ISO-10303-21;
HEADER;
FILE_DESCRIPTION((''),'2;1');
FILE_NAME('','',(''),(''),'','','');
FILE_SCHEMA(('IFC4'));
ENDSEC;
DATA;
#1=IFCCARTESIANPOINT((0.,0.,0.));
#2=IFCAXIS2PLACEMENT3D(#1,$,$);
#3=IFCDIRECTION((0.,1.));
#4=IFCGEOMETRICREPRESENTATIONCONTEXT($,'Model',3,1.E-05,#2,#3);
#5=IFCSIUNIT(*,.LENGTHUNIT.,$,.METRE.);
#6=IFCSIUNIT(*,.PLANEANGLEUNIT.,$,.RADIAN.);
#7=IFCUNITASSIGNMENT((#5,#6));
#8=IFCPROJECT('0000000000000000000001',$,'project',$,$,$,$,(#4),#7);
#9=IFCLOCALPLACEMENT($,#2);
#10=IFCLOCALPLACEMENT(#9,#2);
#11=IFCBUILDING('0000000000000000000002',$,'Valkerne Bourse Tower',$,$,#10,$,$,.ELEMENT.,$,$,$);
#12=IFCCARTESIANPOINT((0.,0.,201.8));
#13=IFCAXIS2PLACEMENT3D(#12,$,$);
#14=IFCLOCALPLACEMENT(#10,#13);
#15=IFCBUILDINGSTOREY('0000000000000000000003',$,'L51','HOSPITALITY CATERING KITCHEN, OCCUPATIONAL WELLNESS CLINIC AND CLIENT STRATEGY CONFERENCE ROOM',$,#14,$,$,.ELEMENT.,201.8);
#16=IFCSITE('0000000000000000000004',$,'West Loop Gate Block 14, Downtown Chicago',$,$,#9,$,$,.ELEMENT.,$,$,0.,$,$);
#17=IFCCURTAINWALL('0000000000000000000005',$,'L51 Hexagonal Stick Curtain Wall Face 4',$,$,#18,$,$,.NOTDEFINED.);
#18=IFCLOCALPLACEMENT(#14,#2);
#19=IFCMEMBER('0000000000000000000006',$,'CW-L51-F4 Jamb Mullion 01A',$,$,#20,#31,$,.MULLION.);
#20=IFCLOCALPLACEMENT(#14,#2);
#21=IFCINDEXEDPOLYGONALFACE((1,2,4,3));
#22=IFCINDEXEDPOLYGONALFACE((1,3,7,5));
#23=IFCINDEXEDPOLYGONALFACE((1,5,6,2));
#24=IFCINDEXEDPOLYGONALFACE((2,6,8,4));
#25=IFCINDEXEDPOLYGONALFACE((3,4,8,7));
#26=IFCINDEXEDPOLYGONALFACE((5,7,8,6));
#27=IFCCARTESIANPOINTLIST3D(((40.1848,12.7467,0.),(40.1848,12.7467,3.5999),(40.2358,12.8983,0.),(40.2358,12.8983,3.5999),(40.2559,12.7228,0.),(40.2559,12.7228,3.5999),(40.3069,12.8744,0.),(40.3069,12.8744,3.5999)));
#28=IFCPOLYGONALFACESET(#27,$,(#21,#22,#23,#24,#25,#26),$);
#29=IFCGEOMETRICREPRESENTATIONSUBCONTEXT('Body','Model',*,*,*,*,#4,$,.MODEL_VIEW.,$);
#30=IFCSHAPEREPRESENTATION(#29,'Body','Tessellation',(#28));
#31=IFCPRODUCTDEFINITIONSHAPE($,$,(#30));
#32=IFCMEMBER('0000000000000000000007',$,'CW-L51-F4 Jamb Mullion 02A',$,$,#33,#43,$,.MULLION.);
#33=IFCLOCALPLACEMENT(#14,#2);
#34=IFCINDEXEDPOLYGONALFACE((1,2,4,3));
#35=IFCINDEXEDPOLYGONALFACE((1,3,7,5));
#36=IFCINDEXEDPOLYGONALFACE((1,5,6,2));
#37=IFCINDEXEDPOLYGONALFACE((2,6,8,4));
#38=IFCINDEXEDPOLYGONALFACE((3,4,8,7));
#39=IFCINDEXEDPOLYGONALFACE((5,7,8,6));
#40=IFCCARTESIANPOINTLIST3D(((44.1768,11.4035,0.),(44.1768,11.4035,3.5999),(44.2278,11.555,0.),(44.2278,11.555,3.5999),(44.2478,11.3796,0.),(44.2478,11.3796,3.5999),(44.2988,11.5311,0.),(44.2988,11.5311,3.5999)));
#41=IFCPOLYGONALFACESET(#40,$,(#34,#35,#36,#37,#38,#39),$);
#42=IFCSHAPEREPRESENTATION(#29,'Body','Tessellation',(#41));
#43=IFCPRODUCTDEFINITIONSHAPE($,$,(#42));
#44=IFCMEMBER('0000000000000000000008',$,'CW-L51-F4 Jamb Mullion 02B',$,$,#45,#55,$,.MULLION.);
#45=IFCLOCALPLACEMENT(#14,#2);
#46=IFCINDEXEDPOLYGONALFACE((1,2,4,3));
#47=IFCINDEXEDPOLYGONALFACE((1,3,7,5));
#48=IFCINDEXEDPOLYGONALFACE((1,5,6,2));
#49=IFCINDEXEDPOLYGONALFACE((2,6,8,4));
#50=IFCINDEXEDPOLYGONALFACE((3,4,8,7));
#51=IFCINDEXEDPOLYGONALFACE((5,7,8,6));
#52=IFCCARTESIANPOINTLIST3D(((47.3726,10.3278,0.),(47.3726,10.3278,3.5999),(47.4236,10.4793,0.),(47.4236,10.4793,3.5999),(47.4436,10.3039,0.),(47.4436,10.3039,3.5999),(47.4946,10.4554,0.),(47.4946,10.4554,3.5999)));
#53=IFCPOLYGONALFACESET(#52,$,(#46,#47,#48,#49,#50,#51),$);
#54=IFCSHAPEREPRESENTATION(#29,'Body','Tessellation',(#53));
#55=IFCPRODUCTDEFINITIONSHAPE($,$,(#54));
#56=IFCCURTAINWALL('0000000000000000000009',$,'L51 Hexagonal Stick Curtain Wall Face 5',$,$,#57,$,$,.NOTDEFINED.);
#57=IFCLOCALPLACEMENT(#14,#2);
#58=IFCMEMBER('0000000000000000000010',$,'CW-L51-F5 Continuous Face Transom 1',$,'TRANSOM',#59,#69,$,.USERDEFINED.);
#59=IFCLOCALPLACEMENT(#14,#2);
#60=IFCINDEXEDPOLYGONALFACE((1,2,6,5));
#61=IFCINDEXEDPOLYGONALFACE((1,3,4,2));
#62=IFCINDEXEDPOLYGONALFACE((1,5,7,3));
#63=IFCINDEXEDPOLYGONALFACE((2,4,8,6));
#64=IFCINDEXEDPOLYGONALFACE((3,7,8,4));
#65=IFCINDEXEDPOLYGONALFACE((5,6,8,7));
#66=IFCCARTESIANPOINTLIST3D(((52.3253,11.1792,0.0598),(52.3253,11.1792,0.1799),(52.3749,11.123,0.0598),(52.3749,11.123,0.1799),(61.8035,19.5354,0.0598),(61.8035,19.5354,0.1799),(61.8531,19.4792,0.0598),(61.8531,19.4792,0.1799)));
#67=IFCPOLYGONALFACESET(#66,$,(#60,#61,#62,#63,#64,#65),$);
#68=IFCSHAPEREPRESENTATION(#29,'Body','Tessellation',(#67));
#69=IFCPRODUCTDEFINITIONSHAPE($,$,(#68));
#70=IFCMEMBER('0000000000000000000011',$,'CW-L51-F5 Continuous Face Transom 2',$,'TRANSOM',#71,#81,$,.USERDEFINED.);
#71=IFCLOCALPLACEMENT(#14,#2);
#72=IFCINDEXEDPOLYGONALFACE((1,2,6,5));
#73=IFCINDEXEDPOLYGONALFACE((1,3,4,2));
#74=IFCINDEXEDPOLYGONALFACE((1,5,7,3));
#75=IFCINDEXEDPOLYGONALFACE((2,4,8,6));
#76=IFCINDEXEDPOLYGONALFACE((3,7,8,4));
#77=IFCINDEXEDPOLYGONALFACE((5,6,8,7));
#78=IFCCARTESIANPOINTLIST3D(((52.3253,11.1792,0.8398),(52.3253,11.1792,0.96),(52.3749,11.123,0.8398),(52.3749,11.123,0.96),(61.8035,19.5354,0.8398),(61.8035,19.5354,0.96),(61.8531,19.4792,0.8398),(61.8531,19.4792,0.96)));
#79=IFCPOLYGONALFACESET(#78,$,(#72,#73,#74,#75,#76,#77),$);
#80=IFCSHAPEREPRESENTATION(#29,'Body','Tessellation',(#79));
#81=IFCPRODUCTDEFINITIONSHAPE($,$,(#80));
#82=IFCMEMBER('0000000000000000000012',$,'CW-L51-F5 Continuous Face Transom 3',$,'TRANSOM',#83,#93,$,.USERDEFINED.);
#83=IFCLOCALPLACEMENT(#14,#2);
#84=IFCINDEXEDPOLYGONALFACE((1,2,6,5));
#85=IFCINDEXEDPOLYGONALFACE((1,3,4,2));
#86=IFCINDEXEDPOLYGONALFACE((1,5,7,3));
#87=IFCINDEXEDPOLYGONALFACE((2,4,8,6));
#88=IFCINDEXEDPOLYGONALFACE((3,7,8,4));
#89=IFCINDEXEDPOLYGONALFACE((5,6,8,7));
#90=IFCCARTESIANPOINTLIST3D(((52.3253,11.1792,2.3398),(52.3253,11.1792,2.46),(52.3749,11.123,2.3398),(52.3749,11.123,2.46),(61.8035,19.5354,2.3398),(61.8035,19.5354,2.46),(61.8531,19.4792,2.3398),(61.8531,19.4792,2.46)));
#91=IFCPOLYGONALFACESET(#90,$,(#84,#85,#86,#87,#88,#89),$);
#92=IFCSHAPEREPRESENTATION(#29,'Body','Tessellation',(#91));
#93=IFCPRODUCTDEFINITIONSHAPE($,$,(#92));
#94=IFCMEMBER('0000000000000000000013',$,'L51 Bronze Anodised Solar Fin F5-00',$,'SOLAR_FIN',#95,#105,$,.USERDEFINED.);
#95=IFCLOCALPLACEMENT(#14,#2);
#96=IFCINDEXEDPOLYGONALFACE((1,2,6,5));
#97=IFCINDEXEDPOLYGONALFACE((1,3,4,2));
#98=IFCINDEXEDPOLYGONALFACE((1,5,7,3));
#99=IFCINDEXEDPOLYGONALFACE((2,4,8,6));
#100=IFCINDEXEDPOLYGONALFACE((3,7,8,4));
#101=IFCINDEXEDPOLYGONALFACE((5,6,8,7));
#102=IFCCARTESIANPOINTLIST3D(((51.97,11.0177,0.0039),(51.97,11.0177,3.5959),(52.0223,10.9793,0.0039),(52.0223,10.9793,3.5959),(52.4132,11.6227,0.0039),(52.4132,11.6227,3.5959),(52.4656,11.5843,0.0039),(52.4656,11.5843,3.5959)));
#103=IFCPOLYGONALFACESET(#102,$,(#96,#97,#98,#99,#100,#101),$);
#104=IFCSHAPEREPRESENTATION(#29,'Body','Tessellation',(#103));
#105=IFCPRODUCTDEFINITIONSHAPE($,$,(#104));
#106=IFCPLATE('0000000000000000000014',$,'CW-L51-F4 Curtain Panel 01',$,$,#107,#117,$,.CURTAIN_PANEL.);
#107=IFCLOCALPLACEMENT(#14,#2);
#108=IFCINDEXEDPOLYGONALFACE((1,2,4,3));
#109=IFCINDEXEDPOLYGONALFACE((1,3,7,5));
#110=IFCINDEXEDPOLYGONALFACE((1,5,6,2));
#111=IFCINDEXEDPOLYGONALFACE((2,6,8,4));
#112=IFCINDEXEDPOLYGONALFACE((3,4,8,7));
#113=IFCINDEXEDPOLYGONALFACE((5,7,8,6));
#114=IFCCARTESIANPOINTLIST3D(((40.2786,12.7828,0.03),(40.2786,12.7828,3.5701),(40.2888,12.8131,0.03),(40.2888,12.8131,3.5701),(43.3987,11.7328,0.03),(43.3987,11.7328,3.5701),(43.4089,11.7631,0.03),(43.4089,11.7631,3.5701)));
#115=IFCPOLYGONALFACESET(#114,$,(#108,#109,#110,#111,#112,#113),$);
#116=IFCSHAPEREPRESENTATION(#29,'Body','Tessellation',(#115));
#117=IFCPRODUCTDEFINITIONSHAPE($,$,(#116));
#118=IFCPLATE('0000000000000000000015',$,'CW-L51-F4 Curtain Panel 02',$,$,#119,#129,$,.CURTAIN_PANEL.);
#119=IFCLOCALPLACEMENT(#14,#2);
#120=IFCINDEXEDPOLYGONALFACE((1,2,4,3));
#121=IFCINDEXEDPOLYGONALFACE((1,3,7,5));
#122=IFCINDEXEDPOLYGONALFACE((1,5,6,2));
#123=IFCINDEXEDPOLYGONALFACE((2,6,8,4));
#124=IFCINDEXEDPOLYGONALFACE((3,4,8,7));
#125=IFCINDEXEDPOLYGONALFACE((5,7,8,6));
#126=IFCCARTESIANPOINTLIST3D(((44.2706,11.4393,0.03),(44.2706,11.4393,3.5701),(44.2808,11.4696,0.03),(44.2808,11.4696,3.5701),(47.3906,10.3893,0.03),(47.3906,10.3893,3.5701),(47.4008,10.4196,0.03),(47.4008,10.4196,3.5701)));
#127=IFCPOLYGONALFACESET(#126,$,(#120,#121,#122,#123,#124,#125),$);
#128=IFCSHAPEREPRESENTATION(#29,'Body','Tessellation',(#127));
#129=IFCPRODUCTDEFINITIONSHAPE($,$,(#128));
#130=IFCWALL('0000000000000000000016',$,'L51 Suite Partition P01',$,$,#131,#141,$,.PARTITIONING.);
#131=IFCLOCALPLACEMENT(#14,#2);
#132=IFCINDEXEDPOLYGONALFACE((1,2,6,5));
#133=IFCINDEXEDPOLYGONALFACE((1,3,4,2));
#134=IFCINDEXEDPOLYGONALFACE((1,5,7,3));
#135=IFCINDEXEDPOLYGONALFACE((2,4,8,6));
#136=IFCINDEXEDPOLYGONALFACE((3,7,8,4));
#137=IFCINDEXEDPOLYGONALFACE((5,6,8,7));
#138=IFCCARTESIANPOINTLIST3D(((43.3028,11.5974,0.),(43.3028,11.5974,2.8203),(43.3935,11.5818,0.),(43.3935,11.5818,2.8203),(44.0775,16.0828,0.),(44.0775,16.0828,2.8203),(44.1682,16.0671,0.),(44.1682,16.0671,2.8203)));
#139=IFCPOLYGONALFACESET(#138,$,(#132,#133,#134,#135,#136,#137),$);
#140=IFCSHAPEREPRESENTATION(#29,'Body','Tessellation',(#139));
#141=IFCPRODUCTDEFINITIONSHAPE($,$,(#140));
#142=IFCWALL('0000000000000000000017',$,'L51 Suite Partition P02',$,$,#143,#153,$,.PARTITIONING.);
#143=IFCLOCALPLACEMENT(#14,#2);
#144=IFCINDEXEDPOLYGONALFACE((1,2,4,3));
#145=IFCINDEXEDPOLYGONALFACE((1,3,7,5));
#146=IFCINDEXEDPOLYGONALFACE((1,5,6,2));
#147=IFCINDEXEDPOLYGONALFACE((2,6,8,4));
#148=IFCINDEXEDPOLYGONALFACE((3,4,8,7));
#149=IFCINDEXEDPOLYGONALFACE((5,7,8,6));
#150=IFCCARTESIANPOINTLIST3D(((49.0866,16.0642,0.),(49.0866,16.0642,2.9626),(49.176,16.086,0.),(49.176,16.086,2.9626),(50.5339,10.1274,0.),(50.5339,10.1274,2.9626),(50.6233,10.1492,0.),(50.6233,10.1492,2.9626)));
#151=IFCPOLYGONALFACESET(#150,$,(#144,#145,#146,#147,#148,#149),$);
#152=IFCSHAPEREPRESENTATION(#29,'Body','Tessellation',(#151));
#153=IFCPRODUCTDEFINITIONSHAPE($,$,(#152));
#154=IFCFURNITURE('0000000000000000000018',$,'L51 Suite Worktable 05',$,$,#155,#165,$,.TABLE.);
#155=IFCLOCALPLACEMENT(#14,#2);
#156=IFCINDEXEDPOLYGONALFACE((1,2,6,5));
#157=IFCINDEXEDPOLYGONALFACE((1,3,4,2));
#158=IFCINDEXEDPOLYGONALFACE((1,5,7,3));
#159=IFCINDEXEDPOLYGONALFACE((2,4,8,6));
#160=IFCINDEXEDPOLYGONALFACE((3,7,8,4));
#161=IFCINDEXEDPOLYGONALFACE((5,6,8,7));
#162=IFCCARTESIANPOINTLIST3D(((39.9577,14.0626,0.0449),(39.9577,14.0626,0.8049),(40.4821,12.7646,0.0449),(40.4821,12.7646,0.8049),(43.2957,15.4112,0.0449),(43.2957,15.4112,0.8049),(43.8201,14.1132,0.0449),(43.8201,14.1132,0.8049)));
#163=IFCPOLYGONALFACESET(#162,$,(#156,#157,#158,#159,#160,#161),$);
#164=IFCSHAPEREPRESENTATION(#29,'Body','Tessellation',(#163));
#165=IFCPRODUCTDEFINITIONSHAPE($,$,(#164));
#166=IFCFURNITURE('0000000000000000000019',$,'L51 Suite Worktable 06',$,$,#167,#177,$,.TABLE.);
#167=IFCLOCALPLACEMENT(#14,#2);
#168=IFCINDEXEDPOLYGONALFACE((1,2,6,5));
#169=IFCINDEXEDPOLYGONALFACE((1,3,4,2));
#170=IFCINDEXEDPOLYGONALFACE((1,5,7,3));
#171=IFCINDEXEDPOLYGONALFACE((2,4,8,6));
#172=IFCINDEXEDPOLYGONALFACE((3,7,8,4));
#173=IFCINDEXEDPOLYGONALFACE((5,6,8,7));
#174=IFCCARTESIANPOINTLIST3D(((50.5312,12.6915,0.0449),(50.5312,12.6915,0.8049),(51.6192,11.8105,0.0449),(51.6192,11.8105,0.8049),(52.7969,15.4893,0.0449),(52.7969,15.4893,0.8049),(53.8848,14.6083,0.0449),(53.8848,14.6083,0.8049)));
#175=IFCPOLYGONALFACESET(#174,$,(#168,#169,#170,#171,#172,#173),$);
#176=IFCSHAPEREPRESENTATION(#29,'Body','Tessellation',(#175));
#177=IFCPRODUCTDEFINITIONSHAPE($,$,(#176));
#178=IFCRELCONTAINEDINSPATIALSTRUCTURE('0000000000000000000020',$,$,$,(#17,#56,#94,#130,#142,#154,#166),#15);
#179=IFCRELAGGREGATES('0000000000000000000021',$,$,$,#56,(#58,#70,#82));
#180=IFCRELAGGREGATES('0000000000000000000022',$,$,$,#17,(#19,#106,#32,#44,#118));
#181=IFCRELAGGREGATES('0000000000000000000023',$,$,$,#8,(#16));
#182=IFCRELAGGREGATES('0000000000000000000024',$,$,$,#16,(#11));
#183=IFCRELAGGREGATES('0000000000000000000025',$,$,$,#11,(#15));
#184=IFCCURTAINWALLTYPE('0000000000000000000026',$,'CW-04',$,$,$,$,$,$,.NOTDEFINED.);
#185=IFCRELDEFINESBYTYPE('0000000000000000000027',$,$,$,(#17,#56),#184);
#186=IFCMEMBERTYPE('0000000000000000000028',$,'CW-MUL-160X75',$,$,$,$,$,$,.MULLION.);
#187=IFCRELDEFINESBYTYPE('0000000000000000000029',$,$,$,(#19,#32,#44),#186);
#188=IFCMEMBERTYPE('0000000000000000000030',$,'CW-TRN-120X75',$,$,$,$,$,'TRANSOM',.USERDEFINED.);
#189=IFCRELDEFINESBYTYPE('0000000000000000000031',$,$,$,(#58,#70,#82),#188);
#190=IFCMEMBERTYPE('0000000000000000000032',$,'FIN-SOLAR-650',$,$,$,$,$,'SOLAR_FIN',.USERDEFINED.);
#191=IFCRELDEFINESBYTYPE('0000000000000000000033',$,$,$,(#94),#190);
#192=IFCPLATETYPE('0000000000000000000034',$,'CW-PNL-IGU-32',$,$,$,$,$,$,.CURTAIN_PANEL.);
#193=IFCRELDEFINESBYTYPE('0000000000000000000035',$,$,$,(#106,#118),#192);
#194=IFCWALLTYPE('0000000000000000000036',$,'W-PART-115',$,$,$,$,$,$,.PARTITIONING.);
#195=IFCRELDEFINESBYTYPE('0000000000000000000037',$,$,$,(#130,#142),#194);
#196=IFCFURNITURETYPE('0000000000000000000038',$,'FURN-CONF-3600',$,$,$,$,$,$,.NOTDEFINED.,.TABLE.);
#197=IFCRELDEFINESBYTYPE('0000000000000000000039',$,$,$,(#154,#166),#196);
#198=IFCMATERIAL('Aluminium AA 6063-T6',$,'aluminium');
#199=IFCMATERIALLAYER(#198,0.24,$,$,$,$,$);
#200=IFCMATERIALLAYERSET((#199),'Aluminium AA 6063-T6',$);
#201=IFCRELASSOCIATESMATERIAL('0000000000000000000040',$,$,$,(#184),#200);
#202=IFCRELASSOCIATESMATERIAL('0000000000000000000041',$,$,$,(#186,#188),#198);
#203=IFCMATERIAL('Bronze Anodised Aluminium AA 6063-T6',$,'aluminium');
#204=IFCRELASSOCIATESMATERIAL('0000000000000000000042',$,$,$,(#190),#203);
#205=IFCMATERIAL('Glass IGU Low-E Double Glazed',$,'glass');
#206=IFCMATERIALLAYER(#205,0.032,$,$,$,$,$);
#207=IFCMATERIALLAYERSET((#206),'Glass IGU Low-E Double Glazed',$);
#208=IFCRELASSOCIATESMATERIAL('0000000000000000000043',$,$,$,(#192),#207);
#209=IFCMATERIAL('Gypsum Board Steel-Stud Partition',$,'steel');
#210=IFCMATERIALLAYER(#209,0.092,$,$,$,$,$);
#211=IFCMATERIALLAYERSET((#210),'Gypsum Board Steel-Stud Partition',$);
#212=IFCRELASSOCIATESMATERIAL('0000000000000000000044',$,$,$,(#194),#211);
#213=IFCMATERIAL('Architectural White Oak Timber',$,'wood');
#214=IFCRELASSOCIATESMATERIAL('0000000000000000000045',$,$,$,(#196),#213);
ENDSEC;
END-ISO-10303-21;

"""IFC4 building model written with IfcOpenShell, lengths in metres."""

from ifc_helpers import new_model, si_unit, direction, frame, frame_2d, origin, origin_2d, place, context, subcontext, project, spatial, rectangle, extrude, material, layer, layer_set, material_profile, profile_set, type_object, element, aggregate, save


model = new_model("IFC4")

# Units and contexts
model_context = context("Model", 3, precision=1e-05, world=origin(), true_north=direction((0.0, 1.0)))
body_context = subcontext(model_context, "Body", "Model", "MODEL_VIEW")
ifc_project = project(units=[si_unit("LENGTHUNIT", "METRE"), si_unit("PLANEANGLEUNIT", "RADIAN")], contexts=[model_context])

# Site, building, storey
site_placement = place(None, origin())
site = spatial("IfcSite", under=ifc_project, at=site_placement, Name="West Loop Gate Block 14, Downtown Chicago", CompositionType="ELEMENT", RefElevation=0.0)
building_placement = place(site_placement, origin())
building = spatial("IfcBuilding", under=site, at=building_placement, Name="Valkerne Bourse Tower", CompositionType="ELEMENT")
storey_placement = place(building_placement, frame((0.0, 0.0, 201.8)))
storey = spatial("IfcBuildingStorey", under=building, at=storey_placement, Name="L51", Description="HOSPITALITY CATERING KITCHEN, OCCUPATIONAL WELLNESS CLINIC AND CLIENT STRATEGY CONFERENCE ROOM", CompositionType="ELEMENT", Elevation=201.8)

# Curtain walls, members
ifc_material_1 = material(Name="Aluminium AA 6063-T6", Category="aluminium")
ifc_layer_1 = layer(ifc_material_1, 0.24)
ifc_layer_set_1 = layer_set([ifc_layer_1], Name="Aluminium AA 6063-T6")
curtain_wall_type = type_object("IfcCurtainWallType", Name="CW-04", PredefinedType="NOTDEFINED", material=ifc_layer_set_1)
curtain_wall_1_placement = place(storey_placement, origin())
curtain_wall_1 = element("IfcCurtainWall", 1, at=curtain_wall_1_placement, inside=storey, type_object=curtain_wall_type, Name="L51 Hexagonal Stick Curtain Wall Face 4", PredefinedType="NOTDEFINED")
ifc_material_profile_1 = material_profile(ifc_material_1, rectangle(XDim=0.075, YDim=0.1599, at=origin_2d()), Name="CWM-75X160")
ifc_profile_set_1 = profile_set([ifc_material_profile_1], Name="Aluminium AA 6063-T6")
member_type_1 = type_object("IfcMemberType", Name="CW-MUL-160X75", PredefinedType="MULLION", material=ifc_profile_set_1)
member_1_placement = place(storey_placement, frame((40.2458, 12.8105, 0.0), z_axis=(0.0, 0.0, 1.0), x_axis=(0.947772, -0.318947, 0.0)))
member_1 = element("IfcMember", 2, at=member_1_placement, type_object=member_type_1, Name="CW-L51-F4 Jamb Mullion 01A", PredefinedType="MULLION", context=body_context, shape_type="SweptSolid", body=[
    extrude(rectangle(XDim=0.075, YDim=0.1599, at=origin_2d()), origin(), (0.0, 0.0, 1.0), 3.5999),
])
member_2_placement = place(storey_placement, frame((44.2378, 11.4673, 0.0), z_axis=(0.0, 0.0, 1.0), x_axis=(0.947765, -0.318969, 0.0)))
member_2 = element("IfcMember", 3, at=member_2_placement, type_object=member_type_1, Name="CW-L51-F4 Jamb Mullion 02A", PredefinedType="MULLION", context=body_context, shape_type="SweptSolid", body=[
    extrude(rectangle(XDim=0.075, YDim=0.1599, at=origin_2d()), origin(), (0.0, 0.0, 1.0), 3.5999),
])
member_3_placement = place(storey_placement, frame((47.4336, 10.3916, 0.0), z_axis=(0.0, 0.0, 1.0), x_axis=(0.947765, -0.318969, 0.0)))
member_3 = element("IfcMember", 4, at=member_3_placement, type_object=member_type_1, Name="CW-L51-F4 Jamb Mullion 02B", PredefinedType="MULLION", context=body_context, shape_type="SweptSolid", body=[
    extrude(rectangle(XDim=0.075, YDim=0.1599, at=origin_2d()), origin(), (0.0, 0.0, 1.0), 3.5999),
])
curtain_wall_2_placement = place(storey_placement, origin())
curtain_wall_2 = element("IfcCurtainWall", 5, at=curtain_wall_2_placement, inside=storey, type_object=curtain_wall_type, Name="L51 Hexagonal Stick Curtain Wall Face 5", PredefinedType="NOTDEFINED")
ifc_material_profile_2 = material_profile(ifc_material_1, rectangle(XDim=0.075, YDim=0.1201, at=origin_2d()), Name="CWT-75X120")
ifc_profile_set_2 = profile_set([ifc_material_profile_2], Name="Aluminium AA 6063-T6")
member_type_2 = type_object("IfcMemberType", Name="CW-TRN-120X75", ElementType="TRANSOM", PredefinedType="USERDEFINED", material=ifc_profile_set_2)
member_4_placement = place(storey_placement, frame((52.3501, 11.1511, 0.1199), z_axis=(0.750112, 0.661311, 0.0), x_axis=(-0.661311, 0.750112, 0.0)))
member_4 = element("IfcMember", 6, at=member_4_placement, type_object=member_type_2, Name="CW-L51-F5 Continuous Face Transom 1", ObjectType="TRANSOM", PredefinedType="USERDEFINED", context=body_context, shape_type="SweptSolid", body=[
    extrude(rectangle(XDim=0.075, YDim=0.1201, at=origin_2d()), origin(), (0.0, 0.0, 1.0), 12.6357),
])
member_5_placement = place(storey_placement, frame((52.3501, 11.1511, 0.8999), z_axis=(0.750112, 0.661311, 0.0), x_axis=(-0.661311, 0.750112, 0.0)))
member_5 = element("IfcMember", 7, at=member_5_placement, type_object=member_type_2, Name="CW-L51-F5 Continuous Face Transom 2", ObjectType="TRANSOM", PredefinedType="USERDEFINED", context=body_context, shape_type="SweptSolid", body=[
    extrude(rectangle(XDim=0.075, YDim=0.1201, at=origin_2d()), origin(), (0.0, 0.0, 1.0), 12.6357),
])
member_6_placement = place(storey_placement, frame((52.3501, 11.1511, 2.3999), z_axis=(0.750112, 0.661311, 0.0), x_axis=(-0.661311, 0.750112, 0.0)))
member_6 = element("IfcMember", 8, at=member_6_placement, type_object=member_type_2, Name="CW-L51-F5 Continuous Face Transom 3", ObjectType="TRANSOM", PredefinedType="USERDEFINED", context=body_context, shape_type="SweptSolid", body=[
    extrude(rectangle(XDim=0.075, YDim=0.1201, at=origin_2d()), origin(), (0.0, 0.0, 1.0), 12.6357),
])
aggregate(curtain_wall_2, [member_4, member_5, member_6])

# Member
ifc_material_2 = material(Name="Bronze Anodised Aluminium AA 6063-T6", Category="aluminium")
ifc_material_profile_3 = material_profile(ifc_material_2, rectangle(XDim=0.0649, YDim=0.75, at=origin_2d()), Name="FIN-65X750")
ifc_profile_set_3 = profile_set([ifc_material_profile_3], Name="Bronze Anodised Aluminium AA 6063-T6")
member_type_3 = type_object("IfcMemberType", Name="FIN-SOLAR-650", ElementType="SOLAR_FIN", PredefinedType="USERDEFINED", material=ifc_profile_set_3)
member_7_placement = place(storey_placement, frame((52.2178, 11.301, 0.0039), z_axis=(0.0, 0.0, 1.0), x_axis=(0.806672, -0.590999, 0.0)))
element("IfcMember", 9, at=member_7_placement, inside=storey, type_object=member_type_3, Name="L51 Bronze Anodised Solar Fin F5-00", ObjectType="SOLAR_FIN", PredefinedType="USERDEFINED", context=body_context, shape_type="SweptSolid", body=[
    extrude(rectangle(XDim=0.0649, YDim=0.75, at=origin_2d()), origin(), (0.0, 0.0, 1.0), 3.592),
])

# Plates
ifc_material_3 = material(Name="Glass IGU Low-E Double Glazed", Category="glass")
ifc_layer_2 = layer(ifc_material_3, 0.032)
ifc_layer_set_2 = layer_set([ifc_layer_2], Name="Glass IGU Low-E Double Glazed")
plate_type = type_object("IfcPlateType", Name="CW-PNL-IGU-32", PredefinedType="CURTAIN_PANEL", material=ifc_layer_set_2)
plate_1_placement = place(storey_placement, frame((41.8438, 12.2729, 0.03), z_axis=(0.0, 0.0, 1.0), x_axis=(0.947772, -0.318947, 0.0)))
plate_1 = element("IfcPlate", 10, at=plate_1_placement, type_object=plate_type, Name="CW-L51-F4 Curtain Panel 01", PredefinedType="CURTAIN_PANEL", context=body_context, shape_type="SweptSolid", body=[
    extrude(rectangle(XDim=3.292, YDim=0.032, at=origin_2d()), origin(), (0.0, 0.0, 1.0), 3.54),
])
plate_2_placement = place(storey_placement, frame((45.8357, 10.9294, 0.03), z_axis=(0.0, 0.0, 1.0), x_axis=(0.947765, -0.318969, 0.0)))
plate_2 = element("IfcPlate", 11, at=plate_2_placement, type_object=plate_type, Name="CW-L51-F4 Curtain Panel 02", PredefinedType="CURTAIN_PANEL", context=body_context, shape_type="SweptSolid", body=[
    extrude(rectangle(XDim=3.292, YDim=0.032, at=origin_2d()), origin(), (0.0, 0.0, 1.0), 3.54),
])
aggregate(curtain_wall_1, [member_1, plate_1, member_2, member_3, plate_2])

# Walls
ifc_material_4 = material(Name="Gypsum Board Steel-Stud Partition", Category="steel")
ifc_layer_3 = layer(ifc_material_4, 0.092)
ifc_layer_set_3 = layer_set([ifc_layer_3], Name="Gypsum Board Steel-Stud Partition")
wall_type = type_object("IfcWallType", Name="W-PART-115", PredefinedType="PARTITIONING", material=ifc_layer_set_3)
wall_1_placement = place(storey_placement, frame((44.1228, 16.075, 0.0), z_axis=(0.0, 0.0, 1.0), x_axis=(-0.170189, -0.985411, 0.0)))
element("IfcWall", 12, at=wall_1_placement, inside=storey, type_object=wall_type, Name="L51 Suite Partition P01", PredefinedType="PARTITIONING", context=body_context, shape_type="SweptSolid", body=[
    extrude(rectangle(XDim=4.5518, YDim=0.092, at=frame_2d((2.2759, 0.0))), origin(), (0.0, 0.0, 1.0), 2.8203),
])
wall_2_placement = place(storey_placement, frame((49.1313, 16.075, 0.0), z_axis=(0.0, 0.0, 1.0), x_axis=(0.236844, -0.971548, 0.0)))
element("IfcWall", 13, at=wall_2_placement, inside=storey, type_object=wall_type, Name="L51 Suite Partition P02", PredefinedType="PARTITIONING", context=body_context, shape_type="SweptSolid", body=[
    extrude(rectangle(XDim=6.1106, YDim=0.092, at=frame_2d((3.0552, 0.0))), origin(), (0.0, 0.0, 1.0), 2.9626),
])

# Furniture
ifc_material_5 = material(Name="Architectural White Oak Timber", Category="wood")
furniture_type = type_object("IfcFurnitureType", Name="FURN-CONF-3600", AssemblyPlace="NOTDEFINED", PredefinedType="TABLE", material=ifc_material_5)
for number, where, z_axis, x_axis, name in (
    (14, (41.8889, 14.0879, 0.0449), (0.0, 0.0, 1.0), (0.927184, 0.374607, 0.0), "L51 Suite Worktable 05"),
    (15, (52.208, 13.6499, 0.0449), (0.0, 0.0, 1.0), (0.62932, 0.777146, 0.0), "L51 Suite Worktable 06"),
):
    element("IfcFurniture", number, at=place(storey_placement, frame(where, z_axis=z_axis, x_axis=x_axis)), inside=storey, type_object=furniture_type, Name=name, PredefinedType="TABLE", context=body_context, shape_type="SweptSolid", body=[
        extrude(rectangle(XDim=3.6001, YDim=1.3999, at=origin_2d()), origin(), (0.0, 0.0, 1.0), 0.76),
    ])

save(model, "model.ifc")
